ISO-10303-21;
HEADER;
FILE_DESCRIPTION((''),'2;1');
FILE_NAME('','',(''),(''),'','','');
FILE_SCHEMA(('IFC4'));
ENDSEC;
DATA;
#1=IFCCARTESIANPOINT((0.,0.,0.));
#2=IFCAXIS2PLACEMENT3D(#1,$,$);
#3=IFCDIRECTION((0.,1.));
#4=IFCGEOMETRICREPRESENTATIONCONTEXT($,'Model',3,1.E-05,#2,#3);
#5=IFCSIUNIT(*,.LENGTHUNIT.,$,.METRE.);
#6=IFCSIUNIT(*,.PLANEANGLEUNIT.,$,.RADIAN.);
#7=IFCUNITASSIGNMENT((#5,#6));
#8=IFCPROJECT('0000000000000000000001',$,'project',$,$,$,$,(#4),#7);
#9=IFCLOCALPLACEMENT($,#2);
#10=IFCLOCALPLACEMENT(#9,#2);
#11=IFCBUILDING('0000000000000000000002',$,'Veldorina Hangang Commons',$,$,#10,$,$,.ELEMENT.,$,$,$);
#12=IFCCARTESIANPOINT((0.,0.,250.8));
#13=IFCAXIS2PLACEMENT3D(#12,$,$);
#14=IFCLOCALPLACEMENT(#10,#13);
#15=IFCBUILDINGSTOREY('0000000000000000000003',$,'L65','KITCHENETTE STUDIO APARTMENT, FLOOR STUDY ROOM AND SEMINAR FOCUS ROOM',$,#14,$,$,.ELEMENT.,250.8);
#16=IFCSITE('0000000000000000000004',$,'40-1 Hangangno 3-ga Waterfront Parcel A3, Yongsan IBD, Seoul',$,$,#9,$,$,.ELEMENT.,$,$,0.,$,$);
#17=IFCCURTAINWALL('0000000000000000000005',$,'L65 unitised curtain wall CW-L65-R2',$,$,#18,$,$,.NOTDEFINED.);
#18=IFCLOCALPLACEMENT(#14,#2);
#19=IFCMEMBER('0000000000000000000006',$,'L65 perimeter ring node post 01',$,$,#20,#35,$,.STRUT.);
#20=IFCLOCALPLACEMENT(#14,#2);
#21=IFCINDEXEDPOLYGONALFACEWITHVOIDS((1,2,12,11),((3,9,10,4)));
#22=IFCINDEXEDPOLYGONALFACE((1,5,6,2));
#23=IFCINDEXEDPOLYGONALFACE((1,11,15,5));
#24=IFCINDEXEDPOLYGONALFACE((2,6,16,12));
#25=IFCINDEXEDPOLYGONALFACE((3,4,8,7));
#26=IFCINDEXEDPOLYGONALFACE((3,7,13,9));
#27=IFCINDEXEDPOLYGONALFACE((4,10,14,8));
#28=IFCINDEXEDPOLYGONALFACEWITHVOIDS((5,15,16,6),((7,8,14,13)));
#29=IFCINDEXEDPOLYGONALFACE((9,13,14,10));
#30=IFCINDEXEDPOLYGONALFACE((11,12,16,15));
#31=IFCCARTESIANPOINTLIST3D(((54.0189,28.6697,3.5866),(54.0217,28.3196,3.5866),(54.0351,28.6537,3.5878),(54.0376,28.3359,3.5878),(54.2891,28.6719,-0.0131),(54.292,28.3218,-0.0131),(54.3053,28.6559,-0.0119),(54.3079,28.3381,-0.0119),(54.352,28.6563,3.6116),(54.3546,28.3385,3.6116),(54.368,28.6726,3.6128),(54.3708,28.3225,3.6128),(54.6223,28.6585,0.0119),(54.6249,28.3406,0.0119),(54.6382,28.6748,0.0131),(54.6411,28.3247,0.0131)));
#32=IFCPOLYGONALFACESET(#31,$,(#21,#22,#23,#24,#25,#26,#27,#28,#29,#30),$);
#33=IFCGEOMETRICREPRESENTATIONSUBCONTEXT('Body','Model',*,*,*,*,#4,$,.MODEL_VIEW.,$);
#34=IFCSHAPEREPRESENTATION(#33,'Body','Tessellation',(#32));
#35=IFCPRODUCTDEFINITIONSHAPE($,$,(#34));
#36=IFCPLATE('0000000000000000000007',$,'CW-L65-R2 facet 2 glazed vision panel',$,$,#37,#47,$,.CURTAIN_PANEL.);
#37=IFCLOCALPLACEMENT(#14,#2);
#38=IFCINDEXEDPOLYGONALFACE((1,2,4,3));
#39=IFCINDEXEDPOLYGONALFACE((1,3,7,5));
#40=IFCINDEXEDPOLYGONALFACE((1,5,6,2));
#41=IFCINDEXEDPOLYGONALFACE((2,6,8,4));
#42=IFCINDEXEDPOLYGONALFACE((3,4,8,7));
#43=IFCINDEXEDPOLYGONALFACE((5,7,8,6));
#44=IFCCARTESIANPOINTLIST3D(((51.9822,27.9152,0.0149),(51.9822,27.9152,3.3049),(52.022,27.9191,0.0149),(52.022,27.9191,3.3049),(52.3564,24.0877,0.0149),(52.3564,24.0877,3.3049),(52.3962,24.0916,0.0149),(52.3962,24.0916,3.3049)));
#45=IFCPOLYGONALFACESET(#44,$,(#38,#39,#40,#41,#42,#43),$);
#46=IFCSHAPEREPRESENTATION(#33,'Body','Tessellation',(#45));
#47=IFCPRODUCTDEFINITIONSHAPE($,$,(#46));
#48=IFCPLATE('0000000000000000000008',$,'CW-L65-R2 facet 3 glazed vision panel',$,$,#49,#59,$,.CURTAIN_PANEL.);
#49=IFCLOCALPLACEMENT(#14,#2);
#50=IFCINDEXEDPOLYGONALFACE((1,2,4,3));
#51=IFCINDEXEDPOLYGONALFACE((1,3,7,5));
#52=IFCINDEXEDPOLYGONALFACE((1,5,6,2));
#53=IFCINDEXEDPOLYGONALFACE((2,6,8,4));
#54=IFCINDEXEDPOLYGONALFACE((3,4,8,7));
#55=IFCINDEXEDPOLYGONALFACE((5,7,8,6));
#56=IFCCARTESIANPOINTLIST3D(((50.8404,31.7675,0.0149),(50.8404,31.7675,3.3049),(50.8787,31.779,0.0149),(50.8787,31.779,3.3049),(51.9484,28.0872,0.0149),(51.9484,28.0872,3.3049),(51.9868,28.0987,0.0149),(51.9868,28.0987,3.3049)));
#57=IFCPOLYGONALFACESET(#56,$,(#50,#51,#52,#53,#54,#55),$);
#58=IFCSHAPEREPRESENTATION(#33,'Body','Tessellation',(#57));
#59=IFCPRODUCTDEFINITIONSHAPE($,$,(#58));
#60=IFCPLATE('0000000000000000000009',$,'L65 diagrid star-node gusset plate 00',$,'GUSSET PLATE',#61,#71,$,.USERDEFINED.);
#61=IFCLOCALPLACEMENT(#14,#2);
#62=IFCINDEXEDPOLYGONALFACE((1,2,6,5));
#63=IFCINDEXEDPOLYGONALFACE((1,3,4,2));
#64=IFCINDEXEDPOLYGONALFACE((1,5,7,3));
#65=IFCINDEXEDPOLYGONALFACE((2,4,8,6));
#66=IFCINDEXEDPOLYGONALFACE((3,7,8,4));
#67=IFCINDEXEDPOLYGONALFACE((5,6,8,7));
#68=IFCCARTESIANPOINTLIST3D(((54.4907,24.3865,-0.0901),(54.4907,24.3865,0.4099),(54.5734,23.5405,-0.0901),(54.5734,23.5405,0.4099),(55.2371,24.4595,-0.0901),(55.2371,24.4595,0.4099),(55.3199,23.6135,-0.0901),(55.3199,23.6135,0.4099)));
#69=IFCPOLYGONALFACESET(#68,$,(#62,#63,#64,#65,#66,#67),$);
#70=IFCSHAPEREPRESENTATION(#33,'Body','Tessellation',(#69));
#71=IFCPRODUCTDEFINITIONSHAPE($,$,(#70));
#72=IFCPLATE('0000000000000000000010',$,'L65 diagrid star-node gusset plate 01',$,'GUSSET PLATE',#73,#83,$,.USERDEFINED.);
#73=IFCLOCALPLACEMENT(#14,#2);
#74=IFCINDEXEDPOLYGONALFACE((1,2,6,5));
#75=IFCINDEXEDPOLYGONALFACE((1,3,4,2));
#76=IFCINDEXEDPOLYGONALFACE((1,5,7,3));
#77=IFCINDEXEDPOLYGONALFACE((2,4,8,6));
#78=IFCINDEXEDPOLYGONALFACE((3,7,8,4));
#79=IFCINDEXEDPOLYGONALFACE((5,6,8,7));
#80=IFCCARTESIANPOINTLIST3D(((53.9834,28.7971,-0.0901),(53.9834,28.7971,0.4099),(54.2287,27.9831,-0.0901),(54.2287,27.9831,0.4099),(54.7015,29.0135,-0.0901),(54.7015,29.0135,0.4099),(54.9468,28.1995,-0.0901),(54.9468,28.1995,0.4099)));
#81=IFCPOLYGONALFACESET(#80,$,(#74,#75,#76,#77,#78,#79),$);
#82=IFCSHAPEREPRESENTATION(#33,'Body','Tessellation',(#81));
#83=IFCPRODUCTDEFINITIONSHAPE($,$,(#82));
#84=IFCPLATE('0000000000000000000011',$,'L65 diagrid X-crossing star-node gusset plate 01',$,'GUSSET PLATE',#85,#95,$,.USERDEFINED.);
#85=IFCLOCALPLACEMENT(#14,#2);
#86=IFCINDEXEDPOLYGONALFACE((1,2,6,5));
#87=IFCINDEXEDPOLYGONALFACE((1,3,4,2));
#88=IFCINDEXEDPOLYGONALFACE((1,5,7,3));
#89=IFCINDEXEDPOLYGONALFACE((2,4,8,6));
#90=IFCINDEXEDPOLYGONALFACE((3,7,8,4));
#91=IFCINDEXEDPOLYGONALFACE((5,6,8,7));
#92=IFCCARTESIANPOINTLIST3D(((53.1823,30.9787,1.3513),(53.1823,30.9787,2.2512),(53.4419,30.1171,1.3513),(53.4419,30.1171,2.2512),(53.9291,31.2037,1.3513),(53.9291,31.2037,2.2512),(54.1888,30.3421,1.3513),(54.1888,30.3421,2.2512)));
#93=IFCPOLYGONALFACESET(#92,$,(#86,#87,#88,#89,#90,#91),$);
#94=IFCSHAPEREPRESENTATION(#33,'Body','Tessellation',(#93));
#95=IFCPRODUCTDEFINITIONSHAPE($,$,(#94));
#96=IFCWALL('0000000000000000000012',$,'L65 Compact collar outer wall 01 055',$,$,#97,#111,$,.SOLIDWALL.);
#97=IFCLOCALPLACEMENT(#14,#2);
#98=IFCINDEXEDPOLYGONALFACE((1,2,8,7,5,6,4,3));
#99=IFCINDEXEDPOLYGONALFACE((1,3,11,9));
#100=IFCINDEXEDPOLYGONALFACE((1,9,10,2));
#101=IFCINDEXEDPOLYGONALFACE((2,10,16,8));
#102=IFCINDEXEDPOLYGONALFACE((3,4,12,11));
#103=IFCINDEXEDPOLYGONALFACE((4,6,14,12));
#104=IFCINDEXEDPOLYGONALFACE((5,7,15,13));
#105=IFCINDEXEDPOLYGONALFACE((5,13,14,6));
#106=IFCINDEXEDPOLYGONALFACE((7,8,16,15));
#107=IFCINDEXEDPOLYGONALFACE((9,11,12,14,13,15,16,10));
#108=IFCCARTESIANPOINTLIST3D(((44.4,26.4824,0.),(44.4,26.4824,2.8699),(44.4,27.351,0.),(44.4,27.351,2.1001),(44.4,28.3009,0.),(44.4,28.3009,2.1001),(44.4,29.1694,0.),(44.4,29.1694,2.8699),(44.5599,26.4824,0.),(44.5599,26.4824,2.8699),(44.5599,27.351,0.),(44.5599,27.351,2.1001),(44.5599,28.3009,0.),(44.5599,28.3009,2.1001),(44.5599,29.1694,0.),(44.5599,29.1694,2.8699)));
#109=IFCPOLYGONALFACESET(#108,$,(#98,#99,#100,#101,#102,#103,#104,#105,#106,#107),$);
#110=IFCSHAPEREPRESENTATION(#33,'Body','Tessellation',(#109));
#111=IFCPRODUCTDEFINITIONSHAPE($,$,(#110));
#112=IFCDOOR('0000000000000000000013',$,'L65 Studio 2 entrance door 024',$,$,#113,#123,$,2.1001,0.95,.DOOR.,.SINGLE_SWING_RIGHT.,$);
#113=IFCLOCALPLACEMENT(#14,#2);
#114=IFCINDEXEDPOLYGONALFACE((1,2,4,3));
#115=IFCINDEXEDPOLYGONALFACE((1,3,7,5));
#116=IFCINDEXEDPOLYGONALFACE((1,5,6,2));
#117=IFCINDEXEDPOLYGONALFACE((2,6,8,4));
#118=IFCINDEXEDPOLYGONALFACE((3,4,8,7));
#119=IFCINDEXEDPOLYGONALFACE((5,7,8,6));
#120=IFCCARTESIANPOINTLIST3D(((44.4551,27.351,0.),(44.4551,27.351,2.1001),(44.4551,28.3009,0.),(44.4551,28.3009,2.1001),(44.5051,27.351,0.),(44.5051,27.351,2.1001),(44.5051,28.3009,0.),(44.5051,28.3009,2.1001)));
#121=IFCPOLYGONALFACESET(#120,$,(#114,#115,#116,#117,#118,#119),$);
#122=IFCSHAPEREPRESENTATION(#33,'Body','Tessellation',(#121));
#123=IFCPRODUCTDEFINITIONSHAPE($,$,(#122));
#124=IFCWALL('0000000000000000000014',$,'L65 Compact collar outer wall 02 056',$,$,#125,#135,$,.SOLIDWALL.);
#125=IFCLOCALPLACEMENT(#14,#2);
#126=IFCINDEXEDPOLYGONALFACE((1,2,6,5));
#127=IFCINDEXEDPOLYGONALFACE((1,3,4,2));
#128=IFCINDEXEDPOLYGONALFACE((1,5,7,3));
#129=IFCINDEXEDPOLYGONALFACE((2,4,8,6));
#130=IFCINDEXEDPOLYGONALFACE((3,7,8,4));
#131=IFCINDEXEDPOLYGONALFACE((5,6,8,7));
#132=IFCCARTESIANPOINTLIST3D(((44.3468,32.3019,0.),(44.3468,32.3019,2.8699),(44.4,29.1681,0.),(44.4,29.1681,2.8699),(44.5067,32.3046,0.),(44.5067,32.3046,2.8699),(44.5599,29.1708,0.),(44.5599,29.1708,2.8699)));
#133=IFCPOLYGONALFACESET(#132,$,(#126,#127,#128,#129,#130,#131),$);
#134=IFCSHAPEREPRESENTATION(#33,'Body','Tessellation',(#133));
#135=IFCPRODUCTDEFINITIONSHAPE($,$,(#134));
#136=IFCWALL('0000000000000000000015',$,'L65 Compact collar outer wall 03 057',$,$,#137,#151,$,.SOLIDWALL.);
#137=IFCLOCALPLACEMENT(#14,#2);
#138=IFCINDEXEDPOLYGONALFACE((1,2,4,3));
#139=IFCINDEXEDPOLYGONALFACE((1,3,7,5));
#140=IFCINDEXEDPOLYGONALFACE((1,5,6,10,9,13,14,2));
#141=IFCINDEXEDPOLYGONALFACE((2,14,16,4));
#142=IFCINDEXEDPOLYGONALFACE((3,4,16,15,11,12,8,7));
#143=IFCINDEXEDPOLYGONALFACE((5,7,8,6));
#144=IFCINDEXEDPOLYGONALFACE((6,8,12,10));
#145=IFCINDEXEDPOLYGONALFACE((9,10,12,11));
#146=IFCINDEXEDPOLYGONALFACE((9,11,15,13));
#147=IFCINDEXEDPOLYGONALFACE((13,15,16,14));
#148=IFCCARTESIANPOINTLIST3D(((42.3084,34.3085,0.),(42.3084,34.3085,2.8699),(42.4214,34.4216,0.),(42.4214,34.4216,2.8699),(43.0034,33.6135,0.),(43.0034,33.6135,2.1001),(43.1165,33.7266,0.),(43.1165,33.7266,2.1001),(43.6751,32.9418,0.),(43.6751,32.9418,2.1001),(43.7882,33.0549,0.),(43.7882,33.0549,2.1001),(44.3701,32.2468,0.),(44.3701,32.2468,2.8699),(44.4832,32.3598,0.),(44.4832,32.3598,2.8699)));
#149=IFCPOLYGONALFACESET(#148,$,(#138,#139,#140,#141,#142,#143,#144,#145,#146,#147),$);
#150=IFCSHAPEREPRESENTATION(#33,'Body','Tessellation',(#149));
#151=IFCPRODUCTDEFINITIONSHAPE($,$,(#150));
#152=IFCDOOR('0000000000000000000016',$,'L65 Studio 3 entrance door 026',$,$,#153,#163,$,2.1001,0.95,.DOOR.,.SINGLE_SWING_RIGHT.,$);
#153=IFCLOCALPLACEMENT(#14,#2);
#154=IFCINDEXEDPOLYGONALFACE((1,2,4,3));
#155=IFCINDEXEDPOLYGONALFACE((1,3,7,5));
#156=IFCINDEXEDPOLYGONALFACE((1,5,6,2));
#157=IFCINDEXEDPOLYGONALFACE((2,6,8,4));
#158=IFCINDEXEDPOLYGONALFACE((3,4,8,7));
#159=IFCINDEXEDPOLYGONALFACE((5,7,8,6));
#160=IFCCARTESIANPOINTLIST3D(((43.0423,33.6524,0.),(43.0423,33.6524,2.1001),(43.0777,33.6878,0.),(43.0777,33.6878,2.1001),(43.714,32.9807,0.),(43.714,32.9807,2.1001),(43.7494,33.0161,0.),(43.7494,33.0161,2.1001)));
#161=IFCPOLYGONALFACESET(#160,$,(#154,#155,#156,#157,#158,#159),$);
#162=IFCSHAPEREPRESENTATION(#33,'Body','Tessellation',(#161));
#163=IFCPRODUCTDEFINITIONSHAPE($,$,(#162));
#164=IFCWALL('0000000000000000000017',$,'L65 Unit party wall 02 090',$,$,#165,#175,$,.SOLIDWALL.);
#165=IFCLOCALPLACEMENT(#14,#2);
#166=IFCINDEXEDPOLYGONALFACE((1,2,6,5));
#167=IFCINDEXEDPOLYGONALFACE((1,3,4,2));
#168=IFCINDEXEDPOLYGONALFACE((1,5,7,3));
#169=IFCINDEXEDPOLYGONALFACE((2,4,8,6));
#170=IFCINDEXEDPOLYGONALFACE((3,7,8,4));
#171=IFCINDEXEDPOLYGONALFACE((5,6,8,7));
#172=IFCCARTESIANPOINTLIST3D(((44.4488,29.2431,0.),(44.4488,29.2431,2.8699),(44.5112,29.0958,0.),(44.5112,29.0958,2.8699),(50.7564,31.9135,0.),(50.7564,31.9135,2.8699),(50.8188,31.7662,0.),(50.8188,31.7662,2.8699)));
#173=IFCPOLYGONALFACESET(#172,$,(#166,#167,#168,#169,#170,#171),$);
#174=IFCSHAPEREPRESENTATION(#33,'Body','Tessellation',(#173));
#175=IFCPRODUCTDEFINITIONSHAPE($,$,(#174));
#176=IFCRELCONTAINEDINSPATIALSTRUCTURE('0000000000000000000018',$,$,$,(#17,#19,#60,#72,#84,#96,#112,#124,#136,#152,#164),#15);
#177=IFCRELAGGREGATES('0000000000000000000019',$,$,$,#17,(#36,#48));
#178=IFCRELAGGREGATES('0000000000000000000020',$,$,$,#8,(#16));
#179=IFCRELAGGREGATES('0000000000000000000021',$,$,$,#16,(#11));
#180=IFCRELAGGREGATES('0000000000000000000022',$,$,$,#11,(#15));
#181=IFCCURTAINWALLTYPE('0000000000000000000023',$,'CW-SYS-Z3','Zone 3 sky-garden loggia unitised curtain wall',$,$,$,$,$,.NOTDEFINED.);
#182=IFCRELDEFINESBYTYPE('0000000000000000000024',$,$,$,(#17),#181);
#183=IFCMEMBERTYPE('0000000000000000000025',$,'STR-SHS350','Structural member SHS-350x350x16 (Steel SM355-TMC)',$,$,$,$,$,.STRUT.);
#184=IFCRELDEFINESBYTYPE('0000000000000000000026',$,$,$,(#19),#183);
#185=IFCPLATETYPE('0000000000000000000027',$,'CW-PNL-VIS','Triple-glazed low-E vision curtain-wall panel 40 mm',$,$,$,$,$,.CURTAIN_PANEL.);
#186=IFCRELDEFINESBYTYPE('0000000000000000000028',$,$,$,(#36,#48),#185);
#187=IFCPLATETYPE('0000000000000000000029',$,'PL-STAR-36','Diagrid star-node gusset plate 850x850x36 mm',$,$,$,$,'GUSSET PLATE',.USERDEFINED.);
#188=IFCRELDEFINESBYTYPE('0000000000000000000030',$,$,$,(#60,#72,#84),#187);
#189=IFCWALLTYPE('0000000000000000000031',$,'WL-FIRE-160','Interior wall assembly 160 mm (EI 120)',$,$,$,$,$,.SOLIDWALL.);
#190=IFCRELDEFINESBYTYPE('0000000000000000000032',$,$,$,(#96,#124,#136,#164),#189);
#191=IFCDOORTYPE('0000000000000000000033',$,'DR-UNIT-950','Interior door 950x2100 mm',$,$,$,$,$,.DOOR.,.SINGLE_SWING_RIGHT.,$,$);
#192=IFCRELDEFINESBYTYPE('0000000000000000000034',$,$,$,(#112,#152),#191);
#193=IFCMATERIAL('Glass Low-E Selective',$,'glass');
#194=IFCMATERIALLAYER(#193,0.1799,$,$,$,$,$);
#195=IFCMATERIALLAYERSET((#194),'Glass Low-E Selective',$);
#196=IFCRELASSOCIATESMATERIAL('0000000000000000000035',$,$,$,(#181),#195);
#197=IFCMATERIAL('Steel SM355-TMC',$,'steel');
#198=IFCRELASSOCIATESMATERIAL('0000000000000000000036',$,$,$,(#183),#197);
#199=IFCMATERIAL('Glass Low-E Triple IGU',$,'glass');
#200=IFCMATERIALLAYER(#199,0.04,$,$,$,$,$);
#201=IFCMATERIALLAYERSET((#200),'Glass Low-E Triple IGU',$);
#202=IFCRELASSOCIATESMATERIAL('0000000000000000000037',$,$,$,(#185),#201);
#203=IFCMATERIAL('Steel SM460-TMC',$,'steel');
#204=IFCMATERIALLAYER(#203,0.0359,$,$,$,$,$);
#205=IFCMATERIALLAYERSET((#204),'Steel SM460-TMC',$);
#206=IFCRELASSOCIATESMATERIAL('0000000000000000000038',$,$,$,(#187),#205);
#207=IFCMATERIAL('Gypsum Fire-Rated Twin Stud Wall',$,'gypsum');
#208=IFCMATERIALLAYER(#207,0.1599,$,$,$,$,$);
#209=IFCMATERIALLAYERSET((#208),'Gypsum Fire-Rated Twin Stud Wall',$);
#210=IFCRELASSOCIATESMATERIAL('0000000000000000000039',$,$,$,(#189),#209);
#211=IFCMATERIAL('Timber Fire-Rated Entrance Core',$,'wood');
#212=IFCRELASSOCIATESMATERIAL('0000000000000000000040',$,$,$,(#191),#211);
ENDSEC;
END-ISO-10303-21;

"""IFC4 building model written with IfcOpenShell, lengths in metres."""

from ifc_helpers import new_model, si_unit, direction, frame, frame_2d, origin, origin_2d, place, context, subcontext, project, spatial, rectangle, hollow_rectangle, extrude, material, layer, layer_set, material_profile, profile_set, type_object, element, fill, aggregate, save


model = new_model("IFC4")

# Units and contexts
model_context = context("Model", 3, precision=1e-05, world=origin(), true_north=direction((0.0, 1.0)))
body_context = subcontext(model_context, "Body", "Model", "MODEL_VIEW")
ifc_project = project(units=[si_unit("LENGTHUNIT", "METRE"), si_unit("PLANEANGLEUNIT", "RADIAN")], contexts=[model_context])

# Site, building, storey
site_placement = place(None, origin())
site = spatial("IfcSite", under=ifc_project, at=site_placement, Name="40-1 Hangangno 3-ga Waterfront Parcel A3, Yongsan IBD, Seoul", CompositionType="ELEMENT", RefElevation=0.0)
building_placement = place(site_placement, origin())
building = spatial("IfcBuilding", under=site, at=building_placement, Name="Veldorina Hangang Commons", CompositionType="ELEMENT")
storey_placement = place(building_placement, frame((0.0, 0.0, 250.8)))
storey = spatial("IfcBuildingStorey", under=building, at=storey_placement, Name="L65", Description="KITCHENETTE STUDIO APARTMENT, FLOOR STUDY ROOM AND SEMINAR FOCUS ROOM", CompositionType="ELEMENT", Elevation=250.8)

# Shared definitions
ifc_material_1 = material(Name="Steel SM355-TMC", Category="steel")

# Curtain wall
ifc_material_2 = material(Name="Glass Low-E Selective", Category="glass")
ifc_layer_1 = layer(ifc_material_2, 0.1799)
ifc_layer_set_1 = layer_set([ifc_layer_1], Name="Glass Low-E Selective")
curtain_wall_type = type_object("IfcCurtainWallType", Name="CW-SYS-Z3", Description="Zone 3 sky-garden loggia unitised curtain wall", PredefinedType="NOTDEFINED", material=ifc_layer_set_1)
curtain_wall_placement = place(storey_placement, origin())
curtain_wall = element("IfcCurtainWall", 1, at=curtain_wall_placement, inside=storey, type_object=curtain_wall_type, Name="L65 unitised curtain wall CW-L65-R2", PredefinedType="NOTDEFINED")

# Member
ifc_material_profile_1 = material_profile(ifc_material_1, hollow_rectangle(XDim=0.3501, YDim=0.3501, WallThickness=0.0161, at=origin_2d()), Name="SHS-350x350x16")
ifc_profile_set_1 = profile_set([ifc_material_profile_1], Name="Steel SM355-TMC")
member_type_1 = type_object("IfcMemberType", Name="STR-SHS350", Description="Structural member SHS-350x350x16 (Steel SM355-TMC)", PredefinedType="STRUT", material=ifc_profile_set_1)
member_1_placement = place(storey_placement, frame((54.4651, 28.4983, 0.0), z_axis=(-0.074866, -0.000609, 0.997193), x_axis=(0.00813, -0.999967, 0.0)))
element("IfcMember", 2, at=member_1_placement, inside=storey, type_object=member_type_1, Name="L65 perimeter ring node post 01", PredefinedType="STRUT", context=body_context, shape_type="SweptSolid", body=[
    extrude(hollow_rectangle(XDim=0.3501, YDim=0.3501, WallThickness=0.0161, at=origin_2d()), origin(), (0.0, 0.0, 1.0), 3.6099),
])

# Plates
ifc_material_3 = material(Name="Glass Low-E Triple IGU", Category="glass")
ifc_layer_2 = layer(ifc_material_3, 0.04)
ifc_layer_set_2 = layer_set([ifc_layer_2], Name="Glass Low-E Triple IGU")
plate_type_1 = type_object("IfcPlateType", Name="CW-PNL-VIS", Description="Triple-glazed low-E vision curtain-wall panel 40 mm", PredefinedType="CURTAIN_PANEL", material=ifc_layer_set_2)
plate_1_placement = place(storey_placement, frame((52.1892, 26.0034, 0.0149), z_axis=(0.0, 0.0, 1.0), x_axis=(-0.097305, 0.995255, 0.0)))
plate_1 = element("IfcPlate", 3, at=plate_1_placement, type_object=plate_type_1, Name="CW-L65-R2 facet 2 glazed vision panel", PredefinedType="CURTAIN_PANEL", context=body_context, shape_type="SweptSolid", body=[
    extrude(rectangle(XDim=3.8457, YDim=0.04, at=origin_2d()), origin(), (0.0, 0.0, 1.0), 3.29),
])
plate_2_placement = place(storey_placement, frame((51.4136, 29.9331, 0.0149), z_axis=(0.0, 0.0, 1.0), x_axis=(-0.288297, 0.957541, 0.0)))
plate_2 = element("IfcPlate", 4, at=plate_2_placement, type_object=plate_type_1, Name="CW-L65-R2 facet 3 glazed vision panel", PredefinedType="CURTAIN_PANEL", context=body_context, shape_type="SweptSolid", body=[
    extrude(rectangle(XDim=3.8435, YDim=0.04, at=origin_2d()), origin(), (0.0, 0.0, 1.0), 3.29),
])
aggregate(curtain_wall, [plate_1, plate_2])

# Plates
ifc_material_4 = material(Name="Steel SM460-TMC", Category="steel")
ifc_layer_3 = layer(ifc_material_4, 0.0359)
ifc_layer_set_3 = layer_set([ifc_layer_3], Name="Steel SM460-TMC")
plate_type_2 = type_object("IfcPlateType", Name="PL-STAR-36", Description="Diagrid star-node gusset plate 850x850x36 mm", ElementType="GUSSET PLATE", PredefinedType="USERDEFINED", material=ifc_layer_set_3)
for number, where, z_axis, x_axis, name in (
    (5, (54.9053, 24.0, -0.0901), (0.0, 0.0, 1.0), (-0.097374, 0.995248, 0.0), "L65 diagrid star-node gusset plate 00"),
    (6, (54.4651, 28.4983, -0.0901), (0.0, 0.0, 1.0), (-0.288531, 0.957471, 0.0), "L65 diagrid star-node gusset plate 01"),
):
    element("IfcPlate", number, at=place(storey_placement, frame(where, z_axis=z_axis, x_axis=x_axis)), inside=storey, type_object=plate_type_2, Name=name, ObjectType="GUSSET PLATE", PredefinedType="USERDEFINED", context=body_context, shape_type="SweptSolid", body=[
        extrude(rectangle(XDim=0.8501, YDim=0.75, at=origin_2d()), origin(), (0.0, 0.0, 1.0), 0.5),
    ])
plate_3_placement = place(storey_placement, frame((53.6855, 30.6604, 1.3513), z_axis=(0.0, 0.0, 1.0), x_axis=(-0.288531, 0.957471, 0.0)))
element("IfcPlate", 7, at=plate_3_placement, inside=storey, type_object=plate_type_2, Name="L65 diagrid X-crossing star-node gusset plate 01", ObjectType="GUSSET PLATE", PredefinedType="USERDEFINED", context=body_context, shape_type="SweptSolid", body=[
    extrude(rectangle(XDim=0.8999, YDim=0.78, at=origin_2d()), origin(), (0.0, 0.0, 1.0), 0.8999),
])

# Wall, opening, door
ifc_material_5 = material(Name="Gypsum Fire-Rated Twin Stud Wall", Category="gypsum")
ifc_layer_4 = layer(ifc_material_5, 0.1599)
ifc_layer_set_4 = layer_set([ifc_layer_4], Name="Gypsum Fire-Rated Twin Stud Wall")
wall_type_1 = type_object("IfcWallType", Name="WL-FIRE-160", Description="Interior wall assembly 160 mm (EI 120)", PredefinedType="SOLIDWALL", material=ifc_layer_set_4)
wall_1_placement = place(storey_placement, frame((44.48, 26.4824, 0.0), z_axis=(0.0, 0.0, 1.0), x_axis=(0.0, 1.0, 0.0)))
wall_1 = element("IfcWall", 8, at=wall_1_placement, inside=storey, type_object=wall_type_1, Name="L65 Compact collar outer wall 01 055", PredefinedType="SOLIDWALL", context=body_context, shape_type="SweptSolid", body=[
    extrude(rectangle(XDim=2.687, YDim=0.1599, at=frame_2d((1.3435, 0.0))), origin(), (0.0, 0.0, 1.0), 2.8699),
])
opening_1_placement = place(wall_1_placement, frame((0.8684, 0.0, 0.0)))
opening_1 = element("IfcOpeningElement", 9, at=opening_1_placement, cuts=wall_1, PredefinedType="OPENING", context=body_context, shape_type="SweptSolid", body=[
    extrude(rectangle(XDim=0.95, YDim=2.1001, at=frame_2d((0.4751, 1.05))), frame((0.0, 0.0898, 0.0), z_axis=(0.0, -1.0, 0.0), x_axis=(1.0, 0.0, 0.0)), (0.0, 0.0, 1.0), 0.1799),
])
ifc_material_6 = material(Name="Timber Fire-Rated Entrance Core", Category="wood")
door_type_1 = type_object("IfcDoorType", Name="DR-UNIT-950", Description="Interior door 950x2100 mm", OperationType="SINGLE_SWING_RIGHT", PredefinedType="DOOR", material=ifc_material_6)
door_1_placement = place(opening_1_placement, origin())
door_1 = element("IfcDoor", 10, at=door_1_placement, inside=storey, type_object=door_type_1, Name="L65 Studio 2 entrance door 024", OperationType="SINGLE_SWING_RIGHT", OverallHeight=2.1001, OverallWidth=0.95, PredefinedType="DOOR", context=body_context, shape_type="SweptSolid", body=[
    extrude(rectangle(XDim=0.95, YDim=2.1001, at=frame_2d((0.4751, 1.05))), frame((0.0, 0.0249, 0.0), z_axis=(0.0, -1.0, 0.0), x_axis=(1.0, 0.0, 0.0)), (0.0, 0.0, 1.0), 0.05),
])
fill(opening_1, door_1)

# Wall
wall_2_placement = place(storey_placement, frame((44.48, 29.1694, 0.0), z_axis=(0.0, 0.0, 1.0), x_axis=(-0.016981, 0.999856, 0.0)))
element("IfcWall", 11, at=wall_2_placement, inside=storey, type_object=wall_type_1, Name="L65 Compact collar outer wall 02 056", PredefinedType="SOLIDWALL", context=body_context, shape_type="SweptSolid", body=[
    extrude(rectangle(XDim=3.1343, YDim=0.1599, at=frame_2d((1.5671, 0.0))), origin(), (0.0, 0.0, 1.0), 2.8699),
])

# Wall, opening, door
wall_3_placement = place(storey_placement, frame((44.4268, 32.3032, 0.0), z_axis=(0.0, 0.0, 1.0), x_axis=(-0.707107, 0.707107, 0.0)))
wall_3 = element("IfcWall", 12, at=wall_3_placement, inside=storey, type_object=wall_type_1, Name="L65 Compact collar outer wall 03 057", PredefinedType="SOLIDWALL", context=body_context, shape_type="SweptSolid", body=[
    extrude(rectangle(XDim=2.9158, YDim=0.1599, at=frame_2d((1.458, 0.0))), origin(), (0.0, 0.0, 1.0), 2.8699),
])
opening_2_placement = place(wall_3_placement, frame((0.9829, 0.0, 0.0)))
opening_2 = element("IfcOpeningElement", 13, at=opening_2_placement, cuts=wall_3, PredefinedType="OPENING", context=body_context, shape_type="SweptSolid", body=[
    extrude(rectangle(XDim=0.95, YDim=2.1001, at=frame_2d((0.4751, 1.05))), frame((0.0, 0.0898, 0.0), z_axis=(0.0, -1.0, 0.0), x_axis=(1.0, 0.0, 0.0)), (0.0, 0.0, 1.0), 0.1799),
])
door_2_placement = place(opening_2_placement, origin())
door_2 = element("IfcDoor", 14, at=door_2_placement, inside=storey, type_object=door_type_1, Name="L65 Studio 3 entrance door 026", OperationType="SINGLE_SWING_RIGHT", OverallHeight=2.1001, OverallWidth=0.95, PredefinedType="DOOR", context=body_context, shape_type="SweptSolid", body=[
    extrude(rectangle(XDim=0.95, YDim=2.1001, at=frame_2d((0.4751, 1.05))), frame((0.0, 0.0249, 0.0), z_axis=(0.0, -1.0, 0.0), x_axis=(1.0, 0.0, 0.0)), (0.0, 0.0, 1.0), 0.05),
])
fill(opening_2, door_2)

# Wall
wall_4_placement = place(storey_placement, frame((44.48, 29.1694, 0.0), z_axis=(0.0, 0.0, 1.0), x_axis=(0.920873, 0.389863, 0.0)))
element("IfcWall", 15, at=wall_4_placement, inside=storey, type_object=wall_type_1, Name="L65 Unit party wall 02 090", PredefinedType="SOLIDWALL", context=body_context, shape_type="SweptSolid", body=[
    extrude(rectangle(XDim=6.8496, YDim=0.1599, at=frame_2d((3.4248, 0.0))), origin(), (0.0, 0.0, 1.0), 2.8699),
])

save(model, "model.ifc")
